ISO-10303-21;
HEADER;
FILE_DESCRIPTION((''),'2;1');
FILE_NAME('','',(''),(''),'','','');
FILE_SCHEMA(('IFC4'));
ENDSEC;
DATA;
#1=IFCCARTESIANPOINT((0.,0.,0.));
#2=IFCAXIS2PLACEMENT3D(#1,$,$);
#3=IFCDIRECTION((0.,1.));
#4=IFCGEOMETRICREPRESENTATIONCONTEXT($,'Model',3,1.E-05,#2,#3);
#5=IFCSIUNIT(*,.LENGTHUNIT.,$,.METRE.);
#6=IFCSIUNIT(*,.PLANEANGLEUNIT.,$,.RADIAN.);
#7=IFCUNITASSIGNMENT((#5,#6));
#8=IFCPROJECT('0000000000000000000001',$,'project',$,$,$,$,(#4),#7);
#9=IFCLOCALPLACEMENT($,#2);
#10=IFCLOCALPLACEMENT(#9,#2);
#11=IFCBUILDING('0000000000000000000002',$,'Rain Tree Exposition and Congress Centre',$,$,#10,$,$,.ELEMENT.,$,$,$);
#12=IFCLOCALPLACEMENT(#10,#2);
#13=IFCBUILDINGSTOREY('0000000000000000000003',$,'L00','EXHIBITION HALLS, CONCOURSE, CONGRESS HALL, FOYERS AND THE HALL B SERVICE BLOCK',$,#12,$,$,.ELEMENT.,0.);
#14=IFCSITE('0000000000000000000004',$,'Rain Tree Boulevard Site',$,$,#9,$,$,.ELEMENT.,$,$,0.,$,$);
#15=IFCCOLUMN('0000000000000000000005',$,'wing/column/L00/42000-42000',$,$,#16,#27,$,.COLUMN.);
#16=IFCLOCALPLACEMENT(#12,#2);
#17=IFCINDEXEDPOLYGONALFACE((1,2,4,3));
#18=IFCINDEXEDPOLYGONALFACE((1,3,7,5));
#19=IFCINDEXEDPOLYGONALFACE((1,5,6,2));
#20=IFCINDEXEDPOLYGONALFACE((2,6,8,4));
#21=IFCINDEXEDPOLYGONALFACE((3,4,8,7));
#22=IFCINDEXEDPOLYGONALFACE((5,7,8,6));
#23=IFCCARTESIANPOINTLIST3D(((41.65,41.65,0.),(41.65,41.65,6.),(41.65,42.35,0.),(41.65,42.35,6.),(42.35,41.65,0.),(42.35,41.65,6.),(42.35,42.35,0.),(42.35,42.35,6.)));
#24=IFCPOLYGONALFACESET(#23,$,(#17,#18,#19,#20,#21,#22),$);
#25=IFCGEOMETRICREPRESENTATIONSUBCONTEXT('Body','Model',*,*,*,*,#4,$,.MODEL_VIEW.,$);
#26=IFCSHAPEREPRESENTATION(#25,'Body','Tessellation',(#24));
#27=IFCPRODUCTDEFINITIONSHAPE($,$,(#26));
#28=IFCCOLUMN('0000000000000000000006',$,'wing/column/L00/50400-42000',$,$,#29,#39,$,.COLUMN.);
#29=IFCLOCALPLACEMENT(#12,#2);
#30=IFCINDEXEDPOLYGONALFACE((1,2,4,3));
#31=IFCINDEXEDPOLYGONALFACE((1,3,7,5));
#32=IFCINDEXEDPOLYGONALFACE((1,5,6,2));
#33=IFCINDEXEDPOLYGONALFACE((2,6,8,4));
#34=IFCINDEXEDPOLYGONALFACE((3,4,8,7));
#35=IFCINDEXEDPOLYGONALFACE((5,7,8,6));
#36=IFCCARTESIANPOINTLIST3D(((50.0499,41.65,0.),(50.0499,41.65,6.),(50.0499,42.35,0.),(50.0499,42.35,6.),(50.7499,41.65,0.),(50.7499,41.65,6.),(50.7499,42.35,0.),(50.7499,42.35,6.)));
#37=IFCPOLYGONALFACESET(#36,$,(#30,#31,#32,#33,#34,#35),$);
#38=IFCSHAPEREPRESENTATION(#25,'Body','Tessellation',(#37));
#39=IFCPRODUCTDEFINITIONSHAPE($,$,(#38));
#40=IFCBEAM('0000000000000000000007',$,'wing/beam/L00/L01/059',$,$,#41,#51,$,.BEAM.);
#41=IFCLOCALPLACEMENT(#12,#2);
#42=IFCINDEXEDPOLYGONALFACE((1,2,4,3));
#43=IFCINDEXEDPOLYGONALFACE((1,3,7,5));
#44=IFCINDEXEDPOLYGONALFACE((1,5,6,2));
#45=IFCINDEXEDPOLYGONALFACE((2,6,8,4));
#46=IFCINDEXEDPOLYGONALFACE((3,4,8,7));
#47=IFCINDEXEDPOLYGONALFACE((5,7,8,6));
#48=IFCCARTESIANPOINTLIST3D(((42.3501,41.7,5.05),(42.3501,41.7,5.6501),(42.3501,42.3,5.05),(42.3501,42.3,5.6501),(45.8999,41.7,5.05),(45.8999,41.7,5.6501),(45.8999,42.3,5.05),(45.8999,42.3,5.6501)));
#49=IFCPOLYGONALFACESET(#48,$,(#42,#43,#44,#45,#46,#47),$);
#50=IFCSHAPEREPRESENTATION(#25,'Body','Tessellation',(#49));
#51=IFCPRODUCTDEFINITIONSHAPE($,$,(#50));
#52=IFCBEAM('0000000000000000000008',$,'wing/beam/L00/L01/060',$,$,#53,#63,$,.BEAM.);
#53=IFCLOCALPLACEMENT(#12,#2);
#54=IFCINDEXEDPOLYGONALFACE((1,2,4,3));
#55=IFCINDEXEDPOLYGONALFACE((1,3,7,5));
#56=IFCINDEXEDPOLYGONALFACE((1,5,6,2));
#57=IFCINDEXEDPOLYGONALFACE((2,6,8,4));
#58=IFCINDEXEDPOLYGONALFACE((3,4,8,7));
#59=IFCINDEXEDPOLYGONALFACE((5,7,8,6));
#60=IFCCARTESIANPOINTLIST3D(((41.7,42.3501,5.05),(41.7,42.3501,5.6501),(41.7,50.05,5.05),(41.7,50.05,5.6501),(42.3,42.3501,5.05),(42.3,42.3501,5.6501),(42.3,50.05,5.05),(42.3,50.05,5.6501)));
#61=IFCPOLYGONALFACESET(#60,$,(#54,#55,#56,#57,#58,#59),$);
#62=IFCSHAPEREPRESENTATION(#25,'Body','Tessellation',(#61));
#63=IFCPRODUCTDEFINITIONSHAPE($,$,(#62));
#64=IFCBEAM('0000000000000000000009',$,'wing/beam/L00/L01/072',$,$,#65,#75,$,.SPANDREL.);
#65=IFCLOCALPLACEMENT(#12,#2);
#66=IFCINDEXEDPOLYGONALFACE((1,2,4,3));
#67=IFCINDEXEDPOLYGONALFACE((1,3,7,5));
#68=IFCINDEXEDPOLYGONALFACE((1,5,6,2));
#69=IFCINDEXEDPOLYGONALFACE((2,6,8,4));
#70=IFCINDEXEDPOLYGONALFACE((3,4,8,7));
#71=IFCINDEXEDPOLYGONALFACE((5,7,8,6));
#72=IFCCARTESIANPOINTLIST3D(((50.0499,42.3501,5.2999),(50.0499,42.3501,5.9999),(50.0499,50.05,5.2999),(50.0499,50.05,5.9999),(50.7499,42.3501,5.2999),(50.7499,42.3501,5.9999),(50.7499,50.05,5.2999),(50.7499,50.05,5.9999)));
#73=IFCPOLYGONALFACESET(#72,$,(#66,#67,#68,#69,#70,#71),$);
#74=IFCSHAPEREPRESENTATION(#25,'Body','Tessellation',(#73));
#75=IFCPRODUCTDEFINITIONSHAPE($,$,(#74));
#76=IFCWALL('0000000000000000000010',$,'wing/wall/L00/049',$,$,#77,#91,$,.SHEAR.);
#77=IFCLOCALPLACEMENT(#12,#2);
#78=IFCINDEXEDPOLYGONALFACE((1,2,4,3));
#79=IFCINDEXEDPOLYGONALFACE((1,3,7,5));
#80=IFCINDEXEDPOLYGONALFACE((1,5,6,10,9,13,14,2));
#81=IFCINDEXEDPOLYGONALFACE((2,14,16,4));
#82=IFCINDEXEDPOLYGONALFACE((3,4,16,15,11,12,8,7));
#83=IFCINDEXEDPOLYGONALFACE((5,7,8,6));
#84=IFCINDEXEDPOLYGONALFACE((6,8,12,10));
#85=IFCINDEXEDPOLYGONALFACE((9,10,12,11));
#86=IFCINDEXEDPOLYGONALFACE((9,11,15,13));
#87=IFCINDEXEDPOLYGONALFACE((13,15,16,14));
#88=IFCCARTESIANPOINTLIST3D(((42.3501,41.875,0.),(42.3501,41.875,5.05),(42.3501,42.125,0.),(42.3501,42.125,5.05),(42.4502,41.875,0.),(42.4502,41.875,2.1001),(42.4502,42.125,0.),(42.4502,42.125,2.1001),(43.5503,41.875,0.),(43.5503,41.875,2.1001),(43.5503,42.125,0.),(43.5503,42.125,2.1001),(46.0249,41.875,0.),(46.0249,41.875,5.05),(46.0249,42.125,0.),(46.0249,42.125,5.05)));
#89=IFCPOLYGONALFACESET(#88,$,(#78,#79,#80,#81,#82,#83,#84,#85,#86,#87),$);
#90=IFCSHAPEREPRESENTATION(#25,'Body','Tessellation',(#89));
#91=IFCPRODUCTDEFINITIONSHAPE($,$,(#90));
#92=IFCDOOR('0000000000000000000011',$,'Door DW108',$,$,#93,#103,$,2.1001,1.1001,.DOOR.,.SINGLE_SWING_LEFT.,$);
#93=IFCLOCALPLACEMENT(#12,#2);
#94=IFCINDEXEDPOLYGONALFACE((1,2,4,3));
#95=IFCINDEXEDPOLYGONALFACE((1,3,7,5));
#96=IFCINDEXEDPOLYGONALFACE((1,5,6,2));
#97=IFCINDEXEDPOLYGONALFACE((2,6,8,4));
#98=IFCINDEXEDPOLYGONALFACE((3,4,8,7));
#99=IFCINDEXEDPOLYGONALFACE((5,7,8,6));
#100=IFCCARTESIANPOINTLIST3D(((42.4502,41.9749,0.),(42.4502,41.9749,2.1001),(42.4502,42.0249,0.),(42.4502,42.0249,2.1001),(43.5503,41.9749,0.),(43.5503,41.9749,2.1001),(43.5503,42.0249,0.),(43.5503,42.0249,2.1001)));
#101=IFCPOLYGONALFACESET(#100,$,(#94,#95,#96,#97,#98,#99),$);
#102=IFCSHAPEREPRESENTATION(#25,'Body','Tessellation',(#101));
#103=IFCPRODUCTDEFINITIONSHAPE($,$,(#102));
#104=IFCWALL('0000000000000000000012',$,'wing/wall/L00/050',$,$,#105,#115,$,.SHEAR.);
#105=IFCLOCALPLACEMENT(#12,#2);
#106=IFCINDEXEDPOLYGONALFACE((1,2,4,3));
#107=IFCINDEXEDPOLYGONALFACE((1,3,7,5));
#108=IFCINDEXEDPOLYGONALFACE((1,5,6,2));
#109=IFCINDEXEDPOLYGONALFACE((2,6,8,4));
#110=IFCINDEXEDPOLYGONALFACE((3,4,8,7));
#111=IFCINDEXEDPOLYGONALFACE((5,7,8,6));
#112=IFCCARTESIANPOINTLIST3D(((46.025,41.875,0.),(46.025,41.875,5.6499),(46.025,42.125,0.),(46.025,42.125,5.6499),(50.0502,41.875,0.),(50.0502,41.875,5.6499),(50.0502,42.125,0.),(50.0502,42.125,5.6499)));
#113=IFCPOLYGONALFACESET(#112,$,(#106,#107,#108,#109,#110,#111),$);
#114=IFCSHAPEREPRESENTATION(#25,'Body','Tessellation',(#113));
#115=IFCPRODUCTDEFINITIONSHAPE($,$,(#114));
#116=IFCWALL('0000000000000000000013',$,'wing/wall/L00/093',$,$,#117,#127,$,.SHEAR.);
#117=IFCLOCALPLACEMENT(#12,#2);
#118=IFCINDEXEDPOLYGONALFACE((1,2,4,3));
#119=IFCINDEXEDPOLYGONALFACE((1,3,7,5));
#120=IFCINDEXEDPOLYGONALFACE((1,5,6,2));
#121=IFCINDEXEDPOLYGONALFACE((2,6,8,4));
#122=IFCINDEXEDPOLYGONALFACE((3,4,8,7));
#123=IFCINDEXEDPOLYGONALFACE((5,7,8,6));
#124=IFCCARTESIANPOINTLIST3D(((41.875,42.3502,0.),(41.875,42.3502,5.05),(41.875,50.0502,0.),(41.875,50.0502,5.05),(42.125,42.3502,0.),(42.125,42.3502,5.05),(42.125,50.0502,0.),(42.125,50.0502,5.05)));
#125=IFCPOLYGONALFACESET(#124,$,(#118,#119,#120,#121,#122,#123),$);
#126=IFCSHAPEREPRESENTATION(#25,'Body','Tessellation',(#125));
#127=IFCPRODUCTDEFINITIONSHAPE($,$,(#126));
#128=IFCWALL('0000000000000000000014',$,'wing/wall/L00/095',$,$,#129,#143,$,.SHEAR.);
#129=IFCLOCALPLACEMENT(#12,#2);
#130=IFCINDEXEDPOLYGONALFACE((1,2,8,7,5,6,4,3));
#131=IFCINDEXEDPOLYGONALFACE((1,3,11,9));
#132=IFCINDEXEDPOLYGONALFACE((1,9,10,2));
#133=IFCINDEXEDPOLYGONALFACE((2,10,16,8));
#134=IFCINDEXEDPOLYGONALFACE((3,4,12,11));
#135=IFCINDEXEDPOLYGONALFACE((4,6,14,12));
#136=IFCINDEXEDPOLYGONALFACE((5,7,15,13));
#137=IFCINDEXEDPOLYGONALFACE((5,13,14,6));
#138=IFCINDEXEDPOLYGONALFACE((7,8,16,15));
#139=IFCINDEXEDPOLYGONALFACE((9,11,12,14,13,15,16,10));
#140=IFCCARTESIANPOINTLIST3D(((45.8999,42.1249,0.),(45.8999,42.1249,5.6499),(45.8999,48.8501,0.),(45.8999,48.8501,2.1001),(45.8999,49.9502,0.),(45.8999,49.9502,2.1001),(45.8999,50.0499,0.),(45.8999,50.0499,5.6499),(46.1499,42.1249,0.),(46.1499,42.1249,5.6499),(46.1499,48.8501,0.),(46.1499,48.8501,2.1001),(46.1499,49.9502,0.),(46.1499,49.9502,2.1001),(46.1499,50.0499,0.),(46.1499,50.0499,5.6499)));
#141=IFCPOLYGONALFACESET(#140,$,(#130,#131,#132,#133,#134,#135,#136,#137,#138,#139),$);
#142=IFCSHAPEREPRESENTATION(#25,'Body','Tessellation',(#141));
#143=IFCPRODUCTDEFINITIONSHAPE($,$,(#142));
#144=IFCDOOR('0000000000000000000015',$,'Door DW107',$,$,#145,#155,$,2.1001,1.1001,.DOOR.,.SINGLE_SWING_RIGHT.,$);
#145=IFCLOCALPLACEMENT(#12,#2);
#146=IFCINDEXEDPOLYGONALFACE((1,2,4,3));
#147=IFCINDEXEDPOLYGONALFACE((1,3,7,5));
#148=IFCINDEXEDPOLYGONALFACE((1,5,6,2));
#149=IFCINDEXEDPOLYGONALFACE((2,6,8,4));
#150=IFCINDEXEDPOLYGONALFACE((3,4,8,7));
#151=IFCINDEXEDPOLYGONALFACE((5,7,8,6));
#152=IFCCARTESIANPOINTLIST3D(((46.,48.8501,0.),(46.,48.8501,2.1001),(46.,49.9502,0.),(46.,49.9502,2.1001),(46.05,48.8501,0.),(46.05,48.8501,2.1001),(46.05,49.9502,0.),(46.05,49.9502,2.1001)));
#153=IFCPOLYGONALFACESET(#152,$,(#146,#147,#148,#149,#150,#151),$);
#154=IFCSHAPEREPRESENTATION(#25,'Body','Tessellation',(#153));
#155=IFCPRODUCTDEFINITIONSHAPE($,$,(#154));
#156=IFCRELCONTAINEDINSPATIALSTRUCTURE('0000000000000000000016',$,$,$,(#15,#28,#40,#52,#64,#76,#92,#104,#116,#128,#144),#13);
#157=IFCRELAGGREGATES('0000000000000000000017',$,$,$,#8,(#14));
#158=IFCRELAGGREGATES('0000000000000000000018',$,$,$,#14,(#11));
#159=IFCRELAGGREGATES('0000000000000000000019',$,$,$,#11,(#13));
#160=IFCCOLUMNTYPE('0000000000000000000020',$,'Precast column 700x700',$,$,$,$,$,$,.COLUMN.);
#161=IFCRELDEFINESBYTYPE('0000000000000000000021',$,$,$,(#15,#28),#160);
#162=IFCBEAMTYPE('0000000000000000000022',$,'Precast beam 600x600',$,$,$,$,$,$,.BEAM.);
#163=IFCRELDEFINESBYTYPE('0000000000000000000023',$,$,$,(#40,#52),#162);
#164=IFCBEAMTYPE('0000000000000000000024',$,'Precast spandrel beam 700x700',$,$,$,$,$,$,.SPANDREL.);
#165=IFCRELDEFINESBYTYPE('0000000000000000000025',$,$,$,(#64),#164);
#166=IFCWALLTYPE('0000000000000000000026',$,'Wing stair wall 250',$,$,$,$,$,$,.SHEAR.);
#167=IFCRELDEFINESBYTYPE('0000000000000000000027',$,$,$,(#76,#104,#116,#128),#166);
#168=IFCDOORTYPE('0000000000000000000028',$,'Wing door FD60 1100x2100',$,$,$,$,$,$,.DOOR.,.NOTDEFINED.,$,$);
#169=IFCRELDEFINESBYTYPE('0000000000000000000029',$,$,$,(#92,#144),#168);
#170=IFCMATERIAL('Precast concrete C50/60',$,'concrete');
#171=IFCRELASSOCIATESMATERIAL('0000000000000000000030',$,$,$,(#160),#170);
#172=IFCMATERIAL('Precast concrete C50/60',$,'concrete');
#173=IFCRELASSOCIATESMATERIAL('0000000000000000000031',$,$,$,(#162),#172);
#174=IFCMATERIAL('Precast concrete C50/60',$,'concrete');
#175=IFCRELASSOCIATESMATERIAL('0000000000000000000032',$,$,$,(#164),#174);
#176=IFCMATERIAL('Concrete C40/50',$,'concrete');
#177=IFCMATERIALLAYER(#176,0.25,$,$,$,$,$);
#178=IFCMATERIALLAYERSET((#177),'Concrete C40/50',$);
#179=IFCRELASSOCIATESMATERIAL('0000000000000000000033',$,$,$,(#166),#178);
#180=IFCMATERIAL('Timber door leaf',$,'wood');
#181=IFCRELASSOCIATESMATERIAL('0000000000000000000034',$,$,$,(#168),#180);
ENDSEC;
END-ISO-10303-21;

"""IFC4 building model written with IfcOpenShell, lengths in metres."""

from ifc_helpers import new_model, si_unit, direction, frame, frame_2d, origin, origin_2d, place, context, subcontext, project, spatial, rectangle, extrude, material, layer, layer_set, material_profile, profile_set, type_object, element, fill, save


model = new_model("IFC4")

# Units and contexts
model_context = context("Model", 3, precision=1e-05, world=origin(), true_north=direction((0.0, 1.0)))
body_context = subcontext(model_context, "Body", "Model", "MODEL_VIEW")
ifc_project = project(units=[si_unit("LENGTHUNIT", "METRE"), si_unit("PLANEANGLEUNIT", "RADIAN")], contexts=[model_context])

# Site, building, storey
site_placement = place(None, origin())
site = spatial("IfcSite", under=ifc_project, at=site_placement, Name="Rain Tree Boulevard Site", CompositionType="ELEMENT", RefElevation=0.0)
building_placement = place(site_placement, origin())
building = spatial("IfcBuilding", under=site, at=building_placement, Name="Rain Tree Exposition and Congress Centre", CompositionType="ELEMENT")
storey_placement = place(building_placement, origin())
storey = spatial("IfcBuildingStorey", under=building, at=storey_placement, Name="L00", Description="EXHIBITION HALLS, CONCOURSE, CONGRESS HALL, FOYERS AND THE HALL B SERVICE BLOCK", CompositionType="ELEMENT", Elevation=0.0)

# Columns
ifc_material_1 = material(Name="Precast concrete C50/60", Category="concrete")
ifc_material_profile_1 = material_profile(ifc_material_1, rectangle(XDim=0.7, YDim=0.7, at=origin_2d()), Name="RC 700x700")
ifc_profile_set_1 = profile_set([ifc_material_profile_1], Name="Precast concrete C50/60")
column_type = type_object("IfcColumnType", Name="Precast column 700x700", PredefinedType="COLUMN", material=ifc_profile_set_1)
for number, where, z_axis, x_axis, name in (
    (1, (42.0, 42.0, 0.0), (0.0, 0.0, 1.0), (1.0, 0.0, 0.0), "wing/column/L00/42000-42000"),
    (2, (50.3999, 42.0, 0.0), (0.0, 0.0, 1.0), (1.0, 0.0, 0.0), "wing/column/L00/50400-42000"),
):
    element("IfcColumn", number, at=place(storey_placement, frame(where, z_axis=z_axis, x_axis=x_axis)), inside=storey, type_object=column_type, Name=name, PredefinedType="COLUMN", context=body_context, shape_type="SweptSolid", body=[
        extrude(rectangle(XDim=0.7, YDim=0.7, at=origin_2d()), origin(), (0.0, 0.0, 1.0), 6.0),
    ])

# Beams
ifc_material_2 = material(Name="Precast concrete C50/60", Category="concrete")
ifc_material_profile_2 = material_profile(ifc_material_2, rectangle(XDim=0.6001, YDim=0.6001, at=origin_2d()), Name="RC 600x600")
ifc_profile_set_2 = profile_set([ifc_material_profile_2], Name="Precast concrete C50/60")
beam_type_1 = type_object("IfcBeamType", Name="Precast beam 600x600", PredefinedType="BEAM", material=ifc_profile_set_2)
beam_1_placement = place(storey_placement, frame((42.3501, 42.0, 5.3501), z_axis=(1.0, 0.0, 0.0), x_axis=(0.0, 1.0, 0.0)))
element("IfcBeam", 3, at=beam_1_placement, inside=storey, type_object=beam_type_1, Name="wing/beam/L00/L01/059", PredefinedType="BEAM", context=body_context, shape_type="SweptSolid", body=[
    extrude(rectangle(XDim=0.6001, YDim=0.6001, at=origin_2d()), origin(), (0.0, 0.0, 1.0), 3.5498),
])
beam_2_placement = place(storey_placement, frame((42.0, 42.3501, 5.3501), z_axis=(0.0, 1.0, 0.0), x_axis=(-1.0, 0.0, 0.0)))
element("IfcBeam", 4, at=beam_2_placement, inside=storey, type_object=beam_type_1, Name="wing/beam/L00/L01/060", PredefinedType="BEAM", context=body_context, shape_type="SweptSolid", body=[
    extrude(rectangle(XDim=0.6001, YDim=0.6001, at=origin_2d()), origin(), (0.0, 0.0, 1.0), 7.7),
])
ifc_material_3 = material(Name="Precast concrete C50/60", Category="concrete")
ifc_material_profile_3 = material_profile(ifc_material_3, rectangle(XDim=0.7, YDim=0.7, at=origin_2d()), Name="RC 700x700")
ifc_profile_set_3 = profile_set([ifc_material_profile_3], Name="Precast concrete C50/60")
beam_type_2 = type_object("IfcBeamType", Name="Precast spandrel beam 700x700", PredefinedType="SPANDREL", material=ifc_profile_set_3)
beam_3_placement = place(storey_placement, frame((50.3999, 42.3501, 5.6499), z_axis=(0.0, 1.0, 0.0), x_axis=(-1.0, 0.0, 0.0)))
element("IfcBeam", 5, at=beam_3_placement, inside=storey, type_object=beam_type_2, Name="wing/beam/L00/L01/072", PredefinedType="SPANDREL", context=body_context, shape_type="SweptSolid", body=[
    extrude(rectangle(XDim=0.7, YDim=0.7, at=origin_2d()), origin(), (0.0, 0.0, 1.0), 7.7),
])

# Wall, opening, door
ifc_material_4 = material(Name="Concrete C40/50", Category="concrete")
ifc_layer = layer(ifc_material_4, 0.25)
ifc_layer_set = layer_set([ifc_layer], Name="Concrete C40/50")
wall_type = type_object("IfcWallType", Name="Wing stair wall 250", PredefinedType="SHEAR", material=ifc_layer_set)
wall_1_placement = place(storey_placement, frame((42.3501, 42.0, 0.0), z_axis=(0.0, 0.0, 1.0), x_axis=(1.0, 0.0, 0.0)))
wall_1 = element("IfcWall", 6, at=wall_1_placement, inside=storey, type_object=wall_type, Name="wing/wall/L00/049", PredefinedType="SHEAR", context=body_context, shape_type="SweptSolid", body=[
    extrude(rectangle(XDim=3.6748, YDim=0.25, at=frame_2d((1.8374, 0.0))), origin(), (0.0, 0.0, 1.0), 5.05),
])
opening_1_placement = place(wall_1_placement, frame((0.1001, 0.0, 0.0)))
opening_1 = element("IfcOpeningElement", 7, at=opening_1_placement, cuts=wall_1, PredefinedType="OPENING", context=body_context, shape_type="SweptSolid", body=[
    extrude(rectangle(XDim=1.1001, YDim=2.1001, at=frame_2d((0.55, 1.05))), frame((0.0, 0.125, 0.0), z_axis=(0.0, -1.0, 0.0), x_axis=(1.0, 0.0, 0.0)), (0.0, 0.0, 1.0), 0.25),
])
ifc_material_5 = material(Name="Timber door leaf", Category="wood")
door_type = type_object("IfcDoorType", Name="Wing door FD60 1100x2100", OperationType="NOTDEFINED", PredefinedType="DOOR", material=ifc_material_5)
door_1_placement = place(opening_1_placement, origin())
door_1 = element("IfcDoor", 8, at=door_1_placement, inside=storey, type_object=door_type, Name="Door DW108", OperationType="SINGLE_SWING_LEFT", OverallHeight=2.1001, OverallWidth=1.1001, PredefinedType="DOOR", context=body_context, shape_type="SweptSolid", body=[
    extrude(rectangle(XDim=1.1001, YDim=2.1001, at=frame_2d((0.55, 1.05))), frame((0.0, 0.0249, 0.0), z_axis=(0.0, -1.0, 0.0), x_axis=(1.0, 0.0, 0.0)), (0.0, 0.0, 1.0), 0.05),
])
fill(opening_1, door_1)

# Walls
wall_2_placement = place(storey_placement, frame((46.0249, 42.0, 0.0), z_axis=(0.0, 0.0, 1.0), x_axis=(1.0, 0.0, 0.0)))
element("IfcWall", 9, at=wall_2_placement, inside=storey, type_object=wall_type, Name="wing/wall/L00/050", PredefinedType="SHEAR", context=body_context, shape_type="SweptSolid", body=[
    extrude(rectangle(XDim=4.0251, YDim=0.25, at=frame_2d((2.0127, 0.0))), origin(), (0.0, 0.0, 1.0), 5.6499),
])
wall_3_placement = place(storey_placement, frame((42.0, 42.3501, 0.0), z_axis=(0.0, 0.0, 1.0), x_axis=(0.0, 1.0, 0.0)))
element("IfcWall", 10, at=wall_3_placement, inside=storey, type_object=wall_type, Name="wing/wall/L00/093", PredefinedType="SHEAR", context=body_context, shape_type="SweptSolid", body=[
    extrude(rectangle(XDim=7.7, YDim=0.25, at=frame_2d((3.8501, 0.0))), origin(), (0.0, 0.0, 1.0), 5.05),
])

# Wall, opening, door
wall_4_placement = place(storey_placement, frame((46.0249, 42.125, 0.0), z_axis=(0.0, 0.0, 1.0), x_axis=(0.0, 1.0, 0.0)))
wall_4 = element("IfcWall", 11, at=wall_4_placement, inside=storey, type_object=wall_type, Name="wing/wall/L00/095", PredefinedType="SHEAR", context=body_context, shape_type="SweptSolid", body=[
    extrude(rectangle(XDim=7.925, YDim=0.25, at=frame_2d((3.9624, 0.0))), origin(), (0.0, 0.0, 1.0), 5.6499),
])
opening_2_placement = place(wall_4_placement, frame((6.7251, 0.0, 0.0)))
opening_2 = element("IfcOpeningElement", 12, at=opening_2_placement, cuts=wall_4, PredefinedType="OPENING", context=body_context, shape_type="SweptSolid", body=[
    extrude(rectangle(XDim=1.1001, YDim=2.1001, at=frame_2d((0.55, 1.05))), frame((0.0, 0.125, 0.0), z_axis=(0.0, -1.0, 0.0), x_axis=(1.0, 0.0, 0.0)), (0.0, 0.0, 1.0), 0.25),
])
door_2_placement = place(opening_2_placement, origin())
door_2 = element("IfcDoor", 13, at=door_2_placement, inside=storey, type_object=door_type, Name="Door DW107", OperationType="SINGLE_SWING_RIGHT", OverallHeight=2.1001, OverallWidth=1.1001, PredefinedType="DOOR", context=body_context, shape_type="SweptSolid", body=[
    extrude(rectangle(XDim=1.1001, YDim=2.1001, at=frame_2d((0.55, 1.05))), frame((0.0, 0.0249, 0.0), z_axis=(0.0, -1.0, 0.0), x_axis=(1.0, 0.0, 0.0)), (0.0, 0.0, 1.0), 0.05),
])
fill(opening_2, door_2)

save(model, "model.ifc")
